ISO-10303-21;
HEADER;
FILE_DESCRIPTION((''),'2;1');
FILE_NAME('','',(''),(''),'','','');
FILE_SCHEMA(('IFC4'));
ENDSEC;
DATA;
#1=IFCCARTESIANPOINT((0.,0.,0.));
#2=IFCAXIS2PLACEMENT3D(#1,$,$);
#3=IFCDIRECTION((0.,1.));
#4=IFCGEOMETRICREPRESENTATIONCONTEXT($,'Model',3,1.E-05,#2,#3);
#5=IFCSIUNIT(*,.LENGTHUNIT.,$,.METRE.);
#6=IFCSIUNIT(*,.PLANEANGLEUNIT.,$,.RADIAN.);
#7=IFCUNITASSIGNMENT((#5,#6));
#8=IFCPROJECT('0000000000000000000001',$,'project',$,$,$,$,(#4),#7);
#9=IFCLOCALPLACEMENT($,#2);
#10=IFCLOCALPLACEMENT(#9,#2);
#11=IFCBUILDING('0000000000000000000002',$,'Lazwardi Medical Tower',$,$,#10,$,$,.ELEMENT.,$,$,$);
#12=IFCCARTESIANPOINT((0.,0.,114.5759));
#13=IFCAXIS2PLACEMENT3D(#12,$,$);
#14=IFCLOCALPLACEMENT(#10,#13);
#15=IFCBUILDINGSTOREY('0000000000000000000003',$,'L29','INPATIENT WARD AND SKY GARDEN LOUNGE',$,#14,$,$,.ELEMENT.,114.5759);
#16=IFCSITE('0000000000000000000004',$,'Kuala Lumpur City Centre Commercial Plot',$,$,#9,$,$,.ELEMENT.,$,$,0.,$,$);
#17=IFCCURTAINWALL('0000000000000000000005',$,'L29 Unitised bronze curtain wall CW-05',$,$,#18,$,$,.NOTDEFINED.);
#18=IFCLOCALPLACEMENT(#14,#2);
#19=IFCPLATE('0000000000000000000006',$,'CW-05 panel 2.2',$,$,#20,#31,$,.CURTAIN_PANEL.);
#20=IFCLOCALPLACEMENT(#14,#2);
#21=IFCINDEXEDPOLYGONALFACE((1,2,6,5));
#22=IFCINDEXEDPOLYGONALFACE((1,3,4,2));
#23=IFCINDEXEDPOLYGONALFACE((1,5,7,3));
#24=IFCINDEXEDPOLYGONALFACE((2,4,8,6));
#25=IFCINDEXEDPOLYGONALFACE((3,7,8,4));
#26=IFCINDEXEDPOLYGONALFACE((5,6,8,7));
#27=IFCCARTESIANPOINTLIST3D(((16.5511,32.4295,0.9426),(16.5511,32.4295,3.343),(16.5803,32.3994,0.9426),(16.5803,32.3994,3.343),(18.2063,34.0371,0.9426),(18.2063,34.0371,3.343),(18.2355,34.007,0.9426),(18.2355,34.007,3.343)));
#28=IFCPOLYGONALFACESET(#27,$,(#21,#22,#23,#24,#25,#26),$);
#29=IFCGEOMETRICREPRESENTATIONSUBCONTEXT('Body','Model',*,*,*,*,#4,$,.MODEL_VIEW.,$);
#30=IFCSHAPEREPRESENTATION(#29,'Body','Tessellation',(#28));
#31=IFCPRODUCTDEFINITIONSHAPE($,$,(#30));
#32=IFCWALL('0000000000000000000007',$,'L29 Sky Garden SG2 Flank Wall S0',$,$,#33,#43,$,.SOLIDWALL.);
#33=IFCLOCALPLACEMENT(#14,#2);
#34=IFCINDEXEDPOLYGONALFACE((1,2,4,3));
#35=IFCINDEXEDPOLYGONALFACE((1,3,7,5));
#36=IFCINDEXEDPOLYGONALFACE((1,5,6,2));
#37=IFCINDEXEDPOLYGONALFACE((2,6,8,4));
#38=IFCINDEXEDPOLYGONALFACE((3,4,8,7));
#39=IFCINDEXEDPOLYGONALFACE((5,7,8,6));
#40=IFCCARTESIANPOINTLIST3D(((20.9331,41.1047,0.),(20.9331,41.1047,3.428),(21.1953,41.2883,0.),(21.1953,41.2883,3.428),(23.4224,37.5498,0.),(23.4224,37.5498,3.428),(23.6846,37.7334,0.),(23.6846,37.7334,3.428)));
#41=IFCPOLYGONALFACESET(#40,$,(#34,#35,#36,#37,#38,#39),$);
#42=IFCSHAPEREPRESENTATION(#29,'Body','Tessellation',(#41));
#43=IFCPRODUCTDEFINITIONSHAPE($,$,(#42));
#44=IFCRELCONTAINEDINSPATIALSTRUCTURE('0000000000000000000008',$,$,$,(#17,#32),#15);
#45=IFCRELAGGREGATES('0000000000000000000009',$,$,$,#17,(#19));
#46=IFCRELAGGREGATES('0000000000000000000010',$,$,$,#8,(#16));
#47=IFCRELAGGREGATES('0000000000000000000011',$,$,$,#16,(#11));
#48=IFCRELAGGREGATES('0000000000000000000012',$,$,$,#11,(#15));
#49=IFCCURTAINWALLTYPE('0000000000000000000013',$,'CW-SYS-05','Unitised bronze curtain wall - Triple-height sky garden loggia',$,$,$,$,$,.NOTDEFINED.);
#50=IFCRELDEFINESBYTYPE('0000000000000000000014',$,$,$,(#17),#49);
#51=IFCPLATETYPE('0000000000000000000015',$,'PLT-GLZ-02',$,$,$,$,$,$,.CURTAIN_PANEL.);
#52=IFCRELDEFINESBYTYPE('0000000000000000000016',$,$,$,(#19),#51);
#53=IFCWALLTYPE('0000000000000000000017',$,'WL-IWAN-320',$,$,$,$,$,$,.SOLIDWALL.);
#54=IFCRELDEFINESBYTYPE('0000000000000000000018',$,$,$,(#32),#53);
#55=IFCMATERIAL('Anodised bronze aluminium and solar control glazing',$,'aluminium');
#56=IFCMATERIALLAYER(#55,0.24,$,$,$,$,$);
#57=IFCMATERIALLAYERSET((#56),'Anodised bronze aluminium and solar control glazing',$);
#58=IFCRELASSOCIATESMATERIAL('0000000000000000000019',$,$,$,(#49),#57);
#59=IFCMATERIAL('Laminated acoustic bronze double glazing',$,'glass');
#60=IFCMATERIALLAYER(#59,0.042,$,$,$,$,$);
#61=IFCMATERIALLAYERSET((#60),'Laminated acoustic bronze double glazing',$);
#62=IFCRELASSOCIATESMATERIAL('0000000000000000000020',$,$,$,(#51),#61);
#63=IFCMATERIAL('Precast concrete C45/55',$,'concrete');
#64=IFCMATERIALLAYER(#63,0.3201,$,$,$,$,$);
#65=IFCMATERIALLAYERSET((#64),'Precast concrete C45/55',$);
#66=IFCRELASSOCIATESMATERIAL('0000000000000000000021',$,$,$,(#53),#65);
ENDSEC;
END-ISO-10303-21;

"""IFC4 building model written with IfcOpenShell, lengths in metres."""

from ifc_helpers import new_model, si_unit, direction, frame, frame_2d, origin, origin_2d, place, context, subcontext, project, spatial, rectangle, extrude, material, layer, layer_set, type_object, element, aggregate, save


model = new_model("IFC4")

# Units and contexts
model_context = context("Model", 3, precision=1e-05, world=origin(), true_north=direction((0.0, 1.0)))
body_context = subcontext(model_context, "Body", "Model", "MODEL_VIEW")
ifc_project = project(units=[si_unit("LENGTHUNIT", "METRE"), si_unit("PLANEANGLEUNIT", "RADIAN")], contexts=[model_context])

# Site, building, storey
site_placement = place(None, origin())
site = spatial("IfcSite", under=ifc_project, at=site_placement, Name="Kuala Lumpur City Centre Commercial Plot", CompositionType="ELEMENT", RefElevation=0.0)
building_placement = place(site_placement, origin())
building = spatial("IfcBuilding", under=site, at=building_placement, Name="Lazwardi Medical Tower", CompositionType="ELEMENT")
storey_placement = place(building_placement, frame((0.0, 0.0, 114.5759)))
storey = spatial("IfcBuildingStorey", under=building, at=storey_placement, Name="L29", Description="INPATIENT WARD AND SKY GARDEN LOUNGE", CompositionType="ELEMENT", Elevation=114.5759)

# Shared definitions
ifc_material_1 = material(Name="Anodised bronze aluminium and solar control glazing", Category="aluminium")
ifc_layer_1 = layer(ifc_material_1, 0.24)
ifc_layer_set_1 = layer_set([ifc_layer_1], Name="Anodised bronze aluminium and solar control glazing")
curtain_wall_type = type_object("IfcCurtainWallType", Name="CW-SYS-05", Description="Unitised bronze curtain wall - Triple-height sky garden loggia", PredefinedType="NOTDEFINED", material=ifc_layer_set_1)

# Curtain wall
curtain_wall_1_placement = place(storey_placement, origin())
curtain_wall_1 = element("IfcCurtainWall", 1, at=curtain_wall_1_placement, inside=storey, type_object=curtain_wall_type, Name="L29 Unitised bronze curtain wall CW-05", PredefinedType="NOTDEFINED")

# Plate
ifc_material_2 = material(Name="Laminated acoustic bronze double glazing", Category="glass")
ifc_layer_2 = layer(ifc_material_2, 0.042)
ifc_layer_set_2 = layer_set([ifc_layer_2], Name="Laminated acoustic bronze double glazing")
plate_type = type_object("IfcPlateType", Name="PLT-GLZ-02", PredefinedType="CURTAIN_PANEL", material=ifc_layer_set_2)
plate_1_placement = place(storey_placement, frame((17.3933, 33.2183, 0.9426), z_axis=(0.0, 0.0, 1.0), x_axis=(-0.717351, -0.696712, 0.0)))
plate_1 = element("IfcPlate", 2, at=plate_1_placement, type_object=plate_type, Name="CW-05 panel 2.2", PredefinedType="CURTAIN_PANEL", context=body_context, shape_type="SweptSolid", body=[
    extrude(rectangle(XDim=2.3074, YDim=0.042, at=origin_2d()), origin(), (0.0, 0.0, 1.0), 2.4004),
])
aggregate(curtain_wall_1, [plate_1])

# Wall
ifc_material_3 = material(Name="Precast concrete C45/55", Category="concrete")
ifc_layer_3 = layer(ifc_material_3, 0.3201)
ifc_layer_set_3 = layer_set([ifc_layer_3], Name="Precast concrete C45/55")
wall_type = type_object("IfcWallType", Name="WL-IWAN-320", PredefinedType="SOLIDWALL", material=ifc_layer_set_3)
wall_placement = place(storey_placement, frame((21.0642, 41.1965, 0.0), z_axis=(0.0, 0.0, 1.0), x_axis=(0.573587, -0.819145, 0.0)))
element("IfcWall", 3, at=wall_placement, inside=storey, type_object=wall_type, Name="L29 Sky Garden SG2 Flank Wall S0", PredefinedType="SOLIDWALL", context=body_context, shape_type="SweptSolid", body=[
    extrude(rectangle(XDim=4.3398, YDim=0.3201, at=frame_2d((2.1699, 0.0))), origin(), (0.0, 0.0, 1.0), 3.428),
])

save(model, "model.ifc")
